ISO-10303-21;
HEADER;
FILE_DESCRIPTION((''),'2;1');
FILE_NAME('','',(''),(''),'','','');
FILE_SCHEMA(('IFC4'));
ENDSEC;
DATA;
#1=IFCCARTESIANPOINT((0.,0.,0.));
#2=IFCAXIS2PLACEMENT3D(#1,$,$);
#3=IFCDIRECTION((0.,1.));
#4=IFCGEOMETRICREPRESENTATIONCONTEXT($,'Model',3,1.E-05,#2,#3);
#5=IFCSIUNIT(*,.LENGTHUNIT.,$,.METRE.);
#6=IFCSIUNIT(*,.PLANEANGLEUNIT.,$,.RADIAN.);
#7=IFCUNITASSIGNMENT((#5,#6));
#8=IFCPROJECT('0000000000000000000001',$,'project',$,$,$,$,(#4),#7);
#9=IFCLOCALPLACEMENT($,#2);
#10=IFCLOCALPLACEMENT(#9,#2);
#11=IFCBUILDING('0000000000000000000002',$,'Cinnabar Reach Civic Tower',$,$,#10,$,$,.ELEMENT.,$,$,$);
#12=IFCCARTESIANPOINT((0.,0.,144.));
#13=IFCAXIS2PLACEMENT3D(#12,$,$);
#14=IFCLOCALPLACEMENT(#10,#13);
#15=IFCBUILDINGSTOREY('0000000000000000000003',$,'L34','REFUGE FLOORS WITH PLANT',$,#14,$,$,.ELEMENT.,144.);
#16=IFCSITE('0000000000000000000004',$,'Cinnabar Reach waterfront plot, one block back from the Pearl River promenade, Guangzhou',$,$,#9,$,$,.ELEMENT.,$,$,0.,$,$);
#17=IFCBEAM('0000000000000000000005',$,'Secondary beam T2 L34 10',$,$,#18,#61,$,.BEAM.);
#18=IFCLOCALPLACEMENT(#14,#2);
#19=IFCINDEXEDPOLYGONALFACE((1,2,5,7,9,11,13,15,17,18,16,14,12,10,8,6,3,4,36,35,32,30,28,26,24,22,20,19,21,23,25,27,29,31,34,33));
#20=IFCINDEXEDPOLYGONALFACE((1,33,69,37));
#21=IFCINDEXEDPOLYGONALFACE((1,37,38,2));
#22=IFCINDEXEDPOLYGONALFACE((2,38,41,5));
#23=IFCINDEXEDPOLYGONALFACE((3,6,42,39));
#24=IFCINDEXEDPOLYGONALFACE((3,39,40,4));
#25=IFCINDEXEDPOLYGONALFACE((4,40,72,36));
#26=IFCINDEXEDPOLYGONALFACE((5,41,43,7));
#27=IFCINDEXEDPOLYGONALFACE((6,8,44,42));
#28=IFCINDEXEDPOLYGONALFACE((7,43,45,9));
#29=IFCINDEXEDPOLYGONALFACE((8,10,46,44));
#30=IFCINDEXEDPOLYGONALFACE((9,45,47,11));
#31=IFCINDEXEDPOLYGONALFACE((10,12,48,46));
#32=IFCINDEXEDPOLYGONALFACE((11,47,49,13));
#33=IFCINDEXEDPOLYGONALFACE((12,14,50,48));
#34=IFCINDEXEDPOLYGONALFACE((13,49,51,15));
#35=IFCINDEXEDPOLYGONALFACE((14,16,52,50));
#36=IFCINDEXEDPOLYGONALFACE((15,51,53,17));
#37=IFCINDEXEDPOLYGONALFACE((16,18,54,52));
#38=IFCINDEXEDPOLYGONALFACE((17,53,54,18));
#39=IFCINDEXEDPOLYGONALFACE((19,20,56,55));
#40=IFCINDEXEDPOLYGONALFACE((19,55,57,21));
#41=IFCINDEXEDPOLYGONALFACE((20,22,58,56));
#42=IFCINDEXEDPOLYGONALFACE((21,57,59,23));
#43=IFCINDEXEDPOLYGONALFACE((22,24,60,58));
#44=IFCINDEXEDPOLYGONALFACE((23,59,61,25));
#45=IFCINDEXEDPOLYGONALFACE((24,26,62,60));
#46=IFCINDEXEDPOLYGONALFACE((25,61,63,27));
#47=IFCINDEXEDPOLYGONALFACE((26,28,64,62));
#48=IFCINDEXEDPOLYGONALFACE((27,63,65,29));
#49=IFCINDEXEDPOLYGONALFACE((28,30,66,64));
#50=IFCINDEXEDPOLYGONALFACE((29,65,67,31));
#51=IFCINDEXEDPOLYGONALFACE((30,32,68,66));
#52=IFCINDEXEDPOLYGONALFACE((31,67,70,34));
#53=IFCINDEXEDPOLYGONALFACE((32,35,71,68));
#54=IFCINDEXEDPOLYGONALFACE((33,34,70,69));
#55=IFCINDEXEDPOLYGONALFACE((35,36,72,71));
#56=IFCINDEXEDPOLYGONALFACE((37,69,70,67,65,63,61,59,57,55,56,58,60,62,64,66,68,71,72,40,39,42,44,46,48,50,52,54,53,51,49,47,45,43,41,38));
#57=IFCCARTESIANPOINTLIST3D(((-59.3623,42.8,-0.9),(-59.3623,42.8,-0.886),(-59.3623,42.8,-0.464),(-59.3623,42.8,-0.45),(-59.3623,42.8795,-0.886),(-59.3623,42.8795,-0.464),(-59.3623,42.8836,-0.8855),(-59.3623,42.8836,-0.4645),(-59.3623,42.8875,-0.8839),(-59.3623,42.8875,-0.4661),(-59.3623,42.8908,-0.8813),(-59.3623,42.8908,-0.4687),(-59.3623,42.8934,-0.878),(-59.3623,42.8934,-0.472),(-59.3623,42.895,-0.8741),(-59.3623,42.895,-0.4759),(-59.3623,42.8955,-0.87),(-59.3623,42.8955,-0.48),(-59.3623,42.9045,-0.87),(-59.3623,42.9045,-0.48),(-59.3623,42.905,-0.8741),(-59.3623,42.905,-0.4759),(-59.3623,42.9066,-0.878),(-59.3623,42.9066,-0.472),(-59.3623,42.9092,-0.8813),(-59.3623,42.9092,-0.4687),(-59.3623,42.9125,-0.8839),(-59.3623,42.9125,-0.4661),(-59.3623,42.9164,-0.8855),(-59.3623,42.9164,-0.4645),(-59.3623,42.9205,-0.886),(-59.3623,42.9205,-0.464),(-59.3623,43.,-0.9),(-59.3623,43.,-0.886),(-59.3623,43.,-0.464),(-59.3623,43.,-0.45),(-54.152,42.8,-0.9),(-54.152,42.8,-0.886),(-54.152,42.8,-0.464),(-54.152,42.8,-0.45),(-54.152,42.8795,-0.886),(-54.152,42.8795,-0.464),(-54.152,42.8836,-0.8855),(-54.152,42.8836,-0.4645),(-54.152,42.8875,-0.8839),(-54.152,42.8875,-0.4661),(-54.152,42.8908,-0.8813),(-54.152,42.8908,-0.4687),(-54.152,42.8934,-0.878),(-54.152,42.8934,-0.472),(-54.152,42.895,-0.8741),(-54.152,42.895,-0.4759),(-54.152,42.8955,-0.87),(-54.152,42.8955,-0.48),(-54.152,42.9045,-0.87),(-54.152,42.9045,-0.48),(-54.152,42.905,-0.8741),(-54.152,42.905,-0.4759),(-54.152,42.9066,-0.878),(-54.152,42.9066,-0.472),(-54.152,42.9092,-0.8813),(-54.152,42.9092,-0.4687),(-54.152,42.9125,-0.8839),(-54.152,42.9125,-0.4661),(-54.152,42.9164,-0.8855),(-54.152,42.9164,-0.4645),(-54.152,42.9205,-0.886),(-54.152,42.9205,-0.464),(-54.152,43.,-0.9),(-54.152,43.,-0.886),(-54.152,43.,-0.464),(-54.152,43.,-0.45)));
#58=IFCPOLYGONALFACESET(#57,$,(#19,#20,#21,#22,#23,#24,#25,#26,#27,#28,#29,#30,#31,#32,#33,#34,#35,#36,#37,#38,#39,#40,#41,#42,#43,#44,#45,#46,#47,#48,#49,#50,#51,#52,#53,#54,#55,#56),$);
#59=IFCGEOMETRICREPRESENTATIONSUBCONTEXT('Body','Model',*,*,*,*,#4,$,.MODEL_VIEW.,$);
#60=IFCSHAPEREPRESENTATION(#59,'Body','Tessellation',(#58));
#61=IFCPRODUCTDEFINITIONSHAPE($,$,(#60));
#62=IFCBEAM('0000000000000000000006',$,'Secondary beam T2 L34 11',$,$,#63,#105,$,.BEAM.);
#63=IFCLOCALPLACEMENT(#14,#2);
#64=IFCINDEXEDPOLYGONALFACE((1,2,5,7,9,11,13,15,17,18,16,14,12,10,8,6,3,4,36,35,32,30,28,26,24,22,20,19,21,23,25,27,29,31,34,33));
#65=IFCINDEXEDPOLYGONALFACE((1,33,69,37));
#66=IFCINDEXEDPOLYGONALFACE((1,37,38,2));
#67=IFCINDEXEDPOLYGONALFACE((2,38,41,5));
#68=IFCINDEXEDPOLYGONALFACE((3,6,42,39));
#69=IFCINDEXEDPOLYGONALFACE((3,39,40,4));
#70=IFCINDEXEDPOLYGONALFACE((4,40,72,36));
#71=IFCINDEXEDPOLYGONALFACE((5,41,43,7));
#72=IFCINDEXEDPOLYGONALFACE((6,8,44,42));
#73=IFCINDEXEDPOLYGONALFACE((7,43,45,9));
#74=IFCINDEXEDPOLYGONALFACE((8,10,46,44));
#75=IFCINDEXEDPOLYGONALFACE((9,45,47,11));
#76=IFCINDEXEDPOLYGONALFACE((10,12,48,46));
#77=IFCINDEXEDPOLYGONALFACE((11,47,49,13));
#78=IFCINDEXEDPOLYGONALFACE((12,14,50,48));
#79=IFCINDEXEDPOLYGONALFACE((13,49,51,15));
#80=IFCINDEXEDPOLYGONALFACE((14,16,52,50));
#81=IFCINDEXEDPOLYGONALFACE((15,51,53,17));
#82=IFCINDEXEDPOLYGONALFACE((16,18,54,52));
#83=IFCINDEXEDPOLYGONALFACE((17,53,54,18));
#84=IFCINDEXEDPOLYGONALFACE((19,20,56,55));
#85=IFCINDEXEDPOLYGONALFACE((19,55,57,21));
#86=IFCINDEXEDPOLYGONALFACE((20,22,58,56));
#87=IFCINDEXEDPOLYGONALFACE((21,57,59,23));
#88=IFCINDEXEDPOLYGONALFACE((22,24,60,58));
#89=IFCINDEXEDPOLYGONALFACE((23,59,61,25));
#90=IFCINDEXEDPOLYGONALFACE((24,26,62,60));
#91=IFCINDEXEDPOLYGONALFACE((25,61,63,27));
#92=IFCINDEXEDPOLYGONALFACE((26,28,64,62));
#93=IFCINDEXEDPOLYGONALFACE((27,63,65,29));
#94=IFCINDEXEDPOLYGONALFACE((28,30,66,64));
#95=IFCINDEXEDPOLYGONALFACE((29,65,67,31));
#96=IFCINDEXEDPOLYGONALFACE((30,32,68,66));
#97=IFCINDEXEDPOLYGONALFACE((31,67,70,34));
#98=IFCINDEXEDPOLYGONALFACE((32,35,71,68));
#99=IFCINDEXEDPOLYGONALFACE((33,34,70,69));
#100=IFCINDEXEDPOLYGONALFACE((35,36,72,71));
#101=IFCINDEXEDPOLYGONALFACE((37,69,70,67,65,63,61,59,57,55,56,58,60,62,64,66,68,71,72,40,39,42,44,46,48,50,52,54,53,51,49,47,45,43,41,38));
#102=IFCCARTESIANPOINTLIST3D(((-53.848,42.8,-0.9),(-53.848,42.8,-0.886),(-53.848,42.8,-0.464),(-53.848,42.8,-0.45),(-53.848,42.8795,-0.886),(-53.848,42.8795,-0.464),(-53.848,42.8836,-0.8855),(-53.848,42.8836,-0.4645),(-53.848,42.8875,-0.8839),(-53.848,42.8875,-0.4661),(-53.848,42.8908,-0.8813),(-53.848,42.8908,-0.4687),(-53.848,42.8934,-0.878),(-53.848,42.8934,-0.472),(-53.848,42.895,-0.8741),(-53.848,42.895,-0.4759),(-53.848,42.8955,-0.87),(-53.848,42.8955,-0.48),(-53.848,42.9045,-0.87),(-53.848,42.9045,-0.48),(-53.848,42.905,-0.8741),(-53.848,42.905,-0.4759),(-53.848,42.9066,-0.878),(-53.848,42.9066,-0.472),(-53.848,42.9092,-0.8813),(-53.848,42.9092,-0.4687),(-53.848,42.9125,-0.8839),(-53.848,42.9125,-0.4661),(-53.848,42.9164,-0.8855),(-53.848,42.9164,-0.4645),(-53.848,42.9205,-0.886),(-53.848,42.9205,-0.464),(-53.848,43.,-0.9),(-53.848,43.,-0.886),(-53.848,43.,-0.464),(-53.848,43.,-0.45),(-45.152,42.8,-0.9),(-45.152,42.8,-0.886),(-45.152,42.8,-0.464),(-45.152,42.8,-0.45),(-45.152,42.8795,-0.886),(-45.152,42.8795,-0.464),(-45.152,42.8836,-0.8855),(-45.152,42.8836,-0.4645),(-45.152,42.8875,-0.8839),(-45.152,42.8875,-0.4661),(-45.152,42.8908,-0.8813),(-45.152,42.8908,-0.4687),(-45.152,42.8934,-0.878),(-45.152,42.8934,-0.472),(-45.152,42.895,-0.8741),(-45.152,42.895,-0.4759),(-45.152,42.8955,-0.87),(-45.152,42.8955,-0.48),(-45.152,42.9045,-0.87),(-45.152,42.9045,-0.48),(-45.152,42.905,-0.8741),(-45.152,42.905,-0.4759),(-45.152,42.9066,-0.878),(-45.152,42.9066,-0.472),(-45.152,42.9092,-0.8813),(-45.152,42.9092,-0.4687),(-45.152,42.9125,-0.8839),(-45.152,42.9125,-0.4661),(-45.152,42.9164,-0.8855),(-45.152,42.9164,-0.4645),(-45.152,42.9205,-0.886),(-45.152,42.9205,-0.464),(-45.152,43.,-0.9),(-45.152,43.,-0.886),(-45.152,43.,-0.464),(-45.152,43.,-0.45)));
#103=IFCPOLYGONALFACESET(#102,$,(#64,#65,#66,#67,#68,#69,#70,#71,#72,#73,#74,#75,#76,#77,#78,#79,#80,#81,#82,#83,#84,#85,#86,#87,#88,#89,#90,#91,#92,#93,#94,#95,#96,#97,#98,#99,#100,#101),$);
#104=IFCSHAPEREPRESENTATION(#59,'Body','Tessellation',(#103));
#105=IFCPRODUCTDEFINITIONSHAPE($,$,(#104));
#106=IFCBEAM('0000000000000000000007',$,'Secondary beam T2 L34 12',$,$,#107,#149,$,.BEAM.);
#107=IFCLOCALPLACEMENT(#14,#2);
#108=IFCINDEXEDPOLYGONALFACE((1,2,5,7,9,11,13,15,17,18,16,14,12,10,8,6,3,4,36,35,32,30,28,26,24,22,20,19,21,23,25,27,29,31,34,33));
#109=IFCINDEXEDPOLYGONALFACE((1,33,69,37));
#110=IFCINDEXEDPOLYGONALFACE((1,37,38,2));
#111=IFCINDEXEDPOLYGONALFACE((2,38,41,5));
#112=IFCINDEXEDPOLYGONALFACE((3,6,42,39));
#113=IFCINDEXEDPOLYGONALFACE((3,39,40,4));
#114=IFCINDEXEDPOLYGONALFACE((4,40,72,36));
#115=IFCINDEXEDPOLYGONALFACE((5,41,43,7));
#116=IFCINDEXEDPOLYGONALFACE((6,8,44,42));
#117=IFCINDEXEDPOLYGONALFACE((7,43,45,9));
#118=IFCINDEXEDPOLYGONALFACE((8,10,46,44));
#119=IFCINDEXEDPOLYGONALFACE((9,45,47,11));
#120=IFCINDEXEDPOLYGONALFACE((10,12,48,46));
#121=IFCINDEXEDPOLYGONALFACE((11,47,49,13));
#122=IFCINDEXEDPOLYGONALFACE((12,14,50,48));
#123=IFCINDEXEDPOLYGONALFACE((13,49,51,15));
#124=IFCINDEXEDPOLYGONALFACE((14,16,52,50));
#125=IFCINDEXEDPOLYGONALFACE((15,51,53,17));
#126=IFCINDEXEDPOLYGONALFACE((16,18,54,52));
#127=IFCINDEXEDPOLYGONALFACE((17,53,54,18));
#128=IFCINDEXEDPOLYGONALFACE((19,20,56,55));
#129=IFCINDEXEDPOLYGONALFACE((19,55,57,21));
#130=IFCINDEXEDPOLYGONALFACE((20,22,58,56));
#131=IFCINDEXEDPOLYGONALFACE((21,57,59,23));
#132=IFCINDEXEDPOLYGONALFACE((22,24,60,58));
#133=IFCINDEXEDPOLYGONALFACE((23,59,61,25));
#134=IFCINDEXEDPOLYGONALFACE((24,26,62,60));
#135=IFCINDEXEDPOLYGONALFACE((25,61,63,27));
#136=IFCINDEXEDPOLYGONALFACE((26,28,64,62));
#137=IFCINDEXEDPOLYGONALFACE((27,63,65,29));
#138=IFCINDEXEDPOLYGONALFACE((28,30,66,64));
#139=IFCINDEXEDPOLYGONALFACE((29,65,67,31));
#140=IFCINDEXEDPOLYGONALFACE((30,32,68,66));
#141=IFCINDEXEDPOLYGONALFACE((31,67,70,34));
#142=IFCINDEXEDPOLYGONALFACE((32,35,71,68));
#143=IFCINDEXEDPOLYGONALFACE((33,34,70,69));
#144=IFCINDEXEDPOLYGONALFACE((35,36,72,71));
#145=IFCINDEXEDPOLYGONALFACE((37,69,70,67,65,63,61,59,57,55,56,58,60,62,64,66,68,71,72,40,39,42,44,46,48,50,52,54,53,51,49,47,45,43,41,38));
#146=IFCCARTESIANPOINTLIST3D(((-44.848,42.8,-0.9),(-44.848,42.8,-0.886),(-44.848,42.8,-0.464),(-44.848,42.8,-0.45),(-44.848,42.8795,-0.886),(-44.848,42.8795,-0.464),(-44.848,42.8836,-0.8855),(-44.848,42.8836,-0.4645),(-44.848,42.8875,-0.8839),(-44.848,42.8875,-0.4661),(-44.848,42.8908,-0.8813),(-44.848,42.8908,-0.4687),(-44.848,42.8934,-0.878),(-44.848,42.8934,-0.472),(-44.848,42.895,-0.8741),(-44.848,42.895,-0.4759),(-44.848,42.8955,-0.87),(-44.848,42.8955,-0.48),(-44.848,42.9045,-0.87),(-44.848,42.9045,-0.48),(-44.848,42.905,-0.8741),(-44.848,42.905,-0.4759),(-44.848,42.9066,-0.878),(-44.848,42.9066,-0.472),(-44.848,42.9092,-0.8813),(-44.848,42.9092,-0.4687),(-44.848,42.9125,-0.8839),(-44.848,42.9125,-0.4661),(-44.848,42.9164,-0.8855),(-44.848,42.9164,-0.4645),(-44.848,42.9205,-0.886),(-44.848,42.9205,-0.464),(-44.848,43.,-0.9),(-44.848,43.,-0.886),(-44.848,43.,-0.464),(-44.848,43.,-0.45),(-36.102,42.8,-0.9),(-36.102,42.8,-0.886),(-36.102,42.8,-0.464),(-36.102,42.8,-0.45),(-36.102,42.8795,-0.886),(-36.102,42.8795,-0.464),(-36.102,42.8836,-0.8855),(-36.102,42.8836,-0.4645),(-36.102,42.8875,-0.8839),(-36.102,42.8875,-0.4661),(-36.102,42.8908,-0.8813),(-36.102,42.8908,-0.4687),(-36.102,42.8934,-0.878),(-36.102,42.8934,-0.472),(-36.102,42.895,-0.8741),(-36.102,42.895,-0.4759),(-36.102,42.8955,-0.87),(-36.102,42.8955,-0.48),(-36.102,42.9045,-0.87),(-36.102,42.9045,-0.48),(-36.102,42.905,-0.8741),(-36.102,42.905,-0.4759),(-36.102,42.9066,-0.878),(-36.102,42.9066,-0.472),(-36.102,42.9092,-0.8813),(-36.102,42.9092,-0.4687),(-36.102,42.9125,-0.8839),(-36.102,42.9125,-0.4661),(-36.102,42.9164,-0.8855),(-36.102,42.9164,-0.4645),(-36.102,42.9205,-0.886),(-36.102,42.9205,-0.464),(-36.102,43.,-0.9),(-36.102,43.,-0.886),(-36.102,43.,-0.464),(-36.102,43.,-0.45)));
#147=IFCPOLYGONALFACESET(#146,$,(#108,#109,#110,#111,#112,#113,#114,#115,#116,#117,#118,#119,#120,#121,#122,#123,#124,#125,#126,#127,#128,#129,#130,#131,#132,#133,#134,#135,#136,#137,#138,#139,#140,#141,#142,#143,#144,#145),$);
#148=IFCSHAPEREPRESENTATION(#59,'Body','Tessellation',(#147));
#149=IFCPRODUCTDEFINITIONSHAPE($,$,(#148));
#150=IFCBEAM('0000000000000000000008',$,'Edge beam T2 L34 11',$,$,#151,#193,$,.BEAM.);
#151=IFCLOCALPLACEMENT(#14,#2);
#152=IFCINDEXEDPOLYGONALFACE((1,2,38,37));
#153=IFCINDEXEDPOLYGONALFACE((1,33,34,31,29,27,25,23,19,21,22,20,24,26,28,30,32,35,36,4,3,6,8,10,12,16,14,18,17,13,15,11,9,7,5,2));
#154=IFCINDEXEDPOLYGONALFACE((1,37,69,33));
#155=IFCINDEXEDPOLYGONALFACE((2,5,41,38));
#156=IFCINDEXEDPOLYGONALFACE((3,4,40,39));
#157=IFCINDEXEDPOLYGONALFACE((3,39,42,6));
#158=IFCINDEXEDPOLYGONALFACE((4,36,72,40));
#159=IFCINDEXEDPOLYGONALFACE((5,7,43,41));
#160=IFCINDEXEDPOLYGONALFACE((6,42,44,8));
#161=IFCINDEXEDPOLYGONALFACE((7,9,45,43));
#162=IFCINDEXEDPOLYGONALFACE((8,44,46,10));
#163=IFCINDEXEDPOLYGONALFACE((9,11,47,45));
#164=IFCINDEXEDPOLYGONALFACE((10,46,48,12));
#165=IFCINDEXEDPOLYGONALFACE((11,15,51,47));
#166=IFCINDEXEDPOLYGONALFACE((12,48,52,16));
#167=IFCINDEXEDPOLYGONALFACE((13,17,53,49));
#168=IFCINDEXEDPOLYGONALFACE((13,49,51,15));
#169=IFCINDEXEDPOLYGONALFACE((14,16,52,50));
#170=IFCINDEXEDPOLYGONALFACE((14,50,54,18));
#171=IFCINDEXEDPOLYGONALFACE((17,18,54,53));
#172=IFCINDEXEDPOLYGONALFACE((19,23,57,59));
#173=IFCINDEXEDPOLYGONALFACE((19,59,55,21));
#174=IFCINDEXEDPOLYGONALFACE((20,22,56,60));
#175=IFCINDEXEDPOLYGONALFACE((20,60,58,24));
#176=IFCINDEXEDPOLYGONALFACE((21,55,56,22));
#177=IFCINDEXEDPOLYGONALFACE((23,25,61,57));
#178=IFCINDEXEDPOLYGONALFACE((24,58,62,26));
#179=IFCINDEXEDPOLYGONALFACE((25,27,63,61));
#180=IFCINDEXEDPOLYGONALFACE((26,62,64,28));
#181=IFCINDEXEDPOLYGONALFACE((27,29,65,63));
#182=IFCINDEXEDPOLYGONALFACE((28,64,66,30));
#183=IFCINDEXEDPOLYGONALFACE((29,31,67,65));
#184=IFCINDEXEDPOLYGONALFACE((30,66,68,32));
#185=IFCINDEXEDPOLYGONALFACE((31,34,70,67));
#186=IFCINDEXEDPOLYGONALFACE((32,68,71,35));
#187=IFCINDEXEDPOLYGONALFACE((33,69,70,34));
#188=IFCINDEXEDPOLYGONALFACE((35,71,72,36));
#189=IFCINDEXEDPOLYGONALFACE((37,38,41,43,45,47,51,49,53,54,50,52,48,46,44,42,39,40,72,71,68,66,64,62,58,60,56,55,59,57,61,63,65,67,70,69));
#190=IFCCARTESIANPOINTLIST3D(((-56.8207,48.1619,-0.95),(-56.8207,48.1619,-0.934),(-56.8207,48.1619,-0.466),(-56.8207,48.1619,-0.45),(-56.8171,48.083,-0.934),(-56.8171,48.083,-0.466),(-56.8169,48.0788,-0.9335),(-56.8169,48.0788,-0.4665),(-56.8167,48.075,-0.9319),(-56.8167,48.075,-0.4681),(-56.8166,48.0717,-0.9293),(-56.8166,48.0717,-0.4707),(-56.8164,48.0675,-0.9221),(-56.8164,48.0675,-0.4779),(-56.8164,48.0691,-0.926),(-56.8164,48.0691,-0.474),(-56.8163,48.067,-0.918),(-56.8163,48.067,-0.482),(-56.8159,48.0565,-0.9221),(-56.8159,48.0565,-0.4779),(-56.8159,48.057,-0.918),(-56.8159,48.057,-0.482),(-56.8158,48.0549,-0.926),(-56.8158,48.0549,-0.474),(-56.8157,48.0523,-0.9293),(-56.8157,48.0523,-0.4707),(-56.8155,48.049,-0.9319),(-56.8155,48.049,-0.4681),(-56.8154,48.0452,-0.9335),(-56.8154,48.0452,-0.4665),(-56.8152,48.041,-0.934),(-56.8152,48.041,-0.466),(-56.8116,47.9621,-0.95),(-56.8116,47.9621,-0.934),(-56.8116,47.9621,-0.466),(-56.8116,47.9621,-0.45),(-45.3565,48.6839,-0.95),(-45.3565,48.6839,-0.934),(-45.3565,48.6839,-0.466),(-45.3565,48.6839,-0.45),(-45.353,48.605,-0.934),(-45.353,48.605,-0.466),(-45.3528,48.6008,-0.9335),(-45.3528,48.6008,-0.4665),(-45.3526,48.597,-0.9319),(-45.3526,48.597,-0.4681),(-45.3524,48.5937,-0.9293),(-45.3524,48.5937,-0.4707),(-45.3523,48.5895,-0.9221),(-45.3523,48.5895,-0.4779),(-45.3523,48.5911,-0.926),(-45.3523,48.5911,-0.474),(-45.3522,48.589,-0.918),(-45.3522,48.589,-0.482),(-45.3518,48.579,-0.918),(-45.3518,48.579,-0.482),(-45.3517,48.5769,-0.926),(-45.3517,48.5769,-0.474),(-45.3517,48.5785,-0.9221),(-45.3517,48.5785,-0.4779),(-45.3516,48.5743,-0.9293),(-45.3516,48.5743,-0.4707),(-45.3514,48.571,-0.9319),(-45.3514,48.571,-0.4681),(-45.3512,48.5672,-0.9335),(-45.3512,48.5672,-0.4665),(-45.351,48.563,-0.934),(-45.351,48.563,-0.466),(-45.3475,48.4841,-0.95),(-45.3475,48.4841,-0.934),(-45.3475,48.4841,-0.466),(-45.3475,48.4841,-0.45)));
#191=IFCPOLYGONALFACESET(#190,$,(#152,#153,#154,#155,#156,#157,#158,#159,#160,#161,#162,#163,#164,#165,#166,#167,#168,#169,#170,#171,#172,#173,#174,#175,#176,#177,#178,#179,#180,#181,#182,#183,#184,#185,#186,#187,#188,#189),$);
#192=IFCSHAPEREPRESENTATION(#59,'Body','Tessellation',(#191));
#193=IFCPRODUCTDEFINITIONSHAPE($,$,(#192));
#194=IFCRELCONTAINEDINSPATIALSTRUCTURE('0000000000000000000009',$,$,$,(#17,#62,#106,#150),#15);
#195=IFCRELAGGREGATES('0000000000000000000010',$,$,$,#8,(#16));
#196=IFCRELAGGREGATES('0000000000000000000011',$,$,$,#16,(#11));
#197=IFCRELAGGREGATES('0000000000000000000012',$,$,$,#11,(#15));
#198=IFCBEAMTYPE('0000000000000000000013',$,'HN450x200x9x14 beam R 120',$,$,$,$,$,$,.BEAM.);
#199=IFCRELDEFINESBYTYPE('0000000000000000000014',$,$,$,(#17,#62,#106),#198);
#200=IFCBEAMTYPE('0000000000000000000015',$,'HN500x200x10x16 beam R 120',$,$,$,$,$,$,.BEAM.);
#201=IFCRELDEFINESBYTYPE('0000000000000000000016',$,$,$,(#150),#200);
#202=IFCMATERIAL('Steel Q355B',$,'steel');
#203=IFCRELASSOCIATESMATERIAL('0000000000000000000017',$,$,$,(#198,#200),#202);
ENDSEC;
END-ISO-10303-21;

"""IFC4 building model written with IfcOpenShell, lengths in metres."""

from ifc_helpers import new_model, si_unit, direction, frame, origin, origin_2d, place, context, subcontext, project, spatial, i_section, extrude, material, material_profile, profile_set, type_object, element, save


model = new_model("IFC4")

# Units and contexts
model_context = context("Model", 3, precision=1e-05, world=origin(), true_north=direction((0.0, 1.0)))
body_context = subcontext(model_context, "Body", "Model", "MODEL_VIEW")
ifc_project = project(units=[si_unit("LENGTHUNIT", "METRE"), si_unit("PLANEANGLEUNIT", "RADIAN")], contexts=[model_context])

# Site, building, storey
site_placement = place(None, origin())
site = spatial("IfcSite", under=ifc_project, at=site_placement, Name="Cinnabar Reach waterfront plot, one block back from the Pearl River promenade, Guangzhou", CompositionType="ELEMENT", RefElevation=0.0)
building_placement = place(site_placement, origin())
building = spatial("IfcBuilding", under=site, at=building_placement, Name="Cinnabar Reach Civic Tower", CompositionType="ELEMENT")
storey_placement = place(building_placement, frame((0.0, 0.0, 144.0)))
storey = spatial("IfcBuildingStorey", under=building, at=storey_placement, Name="L34", Description="REFUGE FLOORS WITH PLANT", CompositionType="ELEMENT", Elevation=144.0)

# Beams
ifc_material_1 = material(Name="Steel Q355B", Category="steel")
ifc_material_profile_1 = material_profile(ifc_material_1, i_section(OverallWidth=0.2, OverallDepth=0.45, WebThickness=0.009, FlangeThickness=0.014, FilletRadius=0.016, at=origin_2d()), Name="HN450x200x9x14")
ifc_profile_set_1 = profile_set([ifc_material_profile_1], Name="Steel Q355B")
beam_type_1 = type_object("IfcBeamType", Name="HN450x200x9x14 beam R 120", PredefinedType="BEAM", material=ifc_profile_set_1)
beam_1_placement = place(storey_placement, frame((-59.3623, 42.9, -0.675), z_axis=(1.0, 0.0, 0.0), x_axis=(0.0, 1.0, 0.0)))
element("IfcBeam", 1, at=beam_1_placement, inside=storey, type_object=beam_type_1, Name="Secondary beam T2 L34 10", PredefinedType="BEAM", context=body_context, shape_type="SweptSolid", body=[
    extrude(i_section(OverallWidth=0.2, OverallDepth=0.45, WebThickness=0.009, FlangeThickness=0.014, FilletRadius=0.016, at=origin_2d()), origin(), (0.0, 0.0, 1.0), 5.2103),
])
beam_2_placement = place(storey_placement, frame((-53.848, 42.9, -0.675), z_axis=(1.0, 0.0, 0.0), x_axis=(0.0, 1.0, 0.0)))
element("IfcBeam", 2, at=beam_2_placement, inside=storey, type_object=beam_type_1, Name="Secondary beam T2 L34 11", PredefinedType="BEAM", context=body_context, shape_type="SweptSolid", body=[
    extrude(i_section(OverallWidth=0.2, OverallDepth=0.45, WebThickness=0.009, FlangeThickness=0.014, FilletRadius=0.016, at=origin_2d()), origin(), (0.0, 0.0, 1.0), 8.696),
])
beam_3_placement = place(storey_placement, frame((-44.848, 42.9, -0.675), z_axis=(1.0, 0.0, 0.0), x_axis=(0.0, 1.0, 0.0)))
element("IfcBeam", 3, at=beam_3_placement, inside=storey, type_object=beam_type_1, Name="Secondary beam T2 L34 12", PredefinedType="BEAM", context=body_context, shape_type="SweptSolid", body=[
    extrude(i_section(OverallWidth=0.2, OverallDepth=0.45, WebThickness=0.009, FlangeThickness=0.014, FilletRadius=0.016, at=origin_2d()), origin(), (0.0, 0.0, 1.0), 8.746),
])
ifc_material_profile_2 = material_profile(ifc_material_1, i_section(OverallWidth=0.2, OverallDepth=0.5, WebThickness=0.01, FlangeThickness=0.016, FilletRadius=0.016, at=origin_2d()), Name="HN500x200x10x16")
ifc_profile_set_2 = profile_set([ifc_material_profile_2], Name="Steel Q355B")
beam_type_2 = type_object("IfcBeamType", Name="HN500x200x10x16 beam R 120", PredefinedType="BEAM", material=ifc_profile_set_2)
beam_4_placement = place(storey_placement, frame((-45.352, 48.584, -0.7), z_axis=(-0.998965, -0.045486, 0.0), x_axis=(0.045486, -0.998965, 0.0)))
element("IfcBeam", 4, at=beam_4_placement, inside=storey, type_object=beam_type_2, Name="Edge beam T2 L34 11", PredefinedType="BEAM", context=body_context, shape_type="SweptSolid", body=[
    extrude(i_section(OverallWidth=0.2, OverallDepth=0.5, WebThickness=0.01, FlangeThickness=0.016, FilletRadius=0.016, at=origin_2d()), origin(), (0.0, 0.0, 1.0), 11.476),
])

save(model, "model.ifc")
